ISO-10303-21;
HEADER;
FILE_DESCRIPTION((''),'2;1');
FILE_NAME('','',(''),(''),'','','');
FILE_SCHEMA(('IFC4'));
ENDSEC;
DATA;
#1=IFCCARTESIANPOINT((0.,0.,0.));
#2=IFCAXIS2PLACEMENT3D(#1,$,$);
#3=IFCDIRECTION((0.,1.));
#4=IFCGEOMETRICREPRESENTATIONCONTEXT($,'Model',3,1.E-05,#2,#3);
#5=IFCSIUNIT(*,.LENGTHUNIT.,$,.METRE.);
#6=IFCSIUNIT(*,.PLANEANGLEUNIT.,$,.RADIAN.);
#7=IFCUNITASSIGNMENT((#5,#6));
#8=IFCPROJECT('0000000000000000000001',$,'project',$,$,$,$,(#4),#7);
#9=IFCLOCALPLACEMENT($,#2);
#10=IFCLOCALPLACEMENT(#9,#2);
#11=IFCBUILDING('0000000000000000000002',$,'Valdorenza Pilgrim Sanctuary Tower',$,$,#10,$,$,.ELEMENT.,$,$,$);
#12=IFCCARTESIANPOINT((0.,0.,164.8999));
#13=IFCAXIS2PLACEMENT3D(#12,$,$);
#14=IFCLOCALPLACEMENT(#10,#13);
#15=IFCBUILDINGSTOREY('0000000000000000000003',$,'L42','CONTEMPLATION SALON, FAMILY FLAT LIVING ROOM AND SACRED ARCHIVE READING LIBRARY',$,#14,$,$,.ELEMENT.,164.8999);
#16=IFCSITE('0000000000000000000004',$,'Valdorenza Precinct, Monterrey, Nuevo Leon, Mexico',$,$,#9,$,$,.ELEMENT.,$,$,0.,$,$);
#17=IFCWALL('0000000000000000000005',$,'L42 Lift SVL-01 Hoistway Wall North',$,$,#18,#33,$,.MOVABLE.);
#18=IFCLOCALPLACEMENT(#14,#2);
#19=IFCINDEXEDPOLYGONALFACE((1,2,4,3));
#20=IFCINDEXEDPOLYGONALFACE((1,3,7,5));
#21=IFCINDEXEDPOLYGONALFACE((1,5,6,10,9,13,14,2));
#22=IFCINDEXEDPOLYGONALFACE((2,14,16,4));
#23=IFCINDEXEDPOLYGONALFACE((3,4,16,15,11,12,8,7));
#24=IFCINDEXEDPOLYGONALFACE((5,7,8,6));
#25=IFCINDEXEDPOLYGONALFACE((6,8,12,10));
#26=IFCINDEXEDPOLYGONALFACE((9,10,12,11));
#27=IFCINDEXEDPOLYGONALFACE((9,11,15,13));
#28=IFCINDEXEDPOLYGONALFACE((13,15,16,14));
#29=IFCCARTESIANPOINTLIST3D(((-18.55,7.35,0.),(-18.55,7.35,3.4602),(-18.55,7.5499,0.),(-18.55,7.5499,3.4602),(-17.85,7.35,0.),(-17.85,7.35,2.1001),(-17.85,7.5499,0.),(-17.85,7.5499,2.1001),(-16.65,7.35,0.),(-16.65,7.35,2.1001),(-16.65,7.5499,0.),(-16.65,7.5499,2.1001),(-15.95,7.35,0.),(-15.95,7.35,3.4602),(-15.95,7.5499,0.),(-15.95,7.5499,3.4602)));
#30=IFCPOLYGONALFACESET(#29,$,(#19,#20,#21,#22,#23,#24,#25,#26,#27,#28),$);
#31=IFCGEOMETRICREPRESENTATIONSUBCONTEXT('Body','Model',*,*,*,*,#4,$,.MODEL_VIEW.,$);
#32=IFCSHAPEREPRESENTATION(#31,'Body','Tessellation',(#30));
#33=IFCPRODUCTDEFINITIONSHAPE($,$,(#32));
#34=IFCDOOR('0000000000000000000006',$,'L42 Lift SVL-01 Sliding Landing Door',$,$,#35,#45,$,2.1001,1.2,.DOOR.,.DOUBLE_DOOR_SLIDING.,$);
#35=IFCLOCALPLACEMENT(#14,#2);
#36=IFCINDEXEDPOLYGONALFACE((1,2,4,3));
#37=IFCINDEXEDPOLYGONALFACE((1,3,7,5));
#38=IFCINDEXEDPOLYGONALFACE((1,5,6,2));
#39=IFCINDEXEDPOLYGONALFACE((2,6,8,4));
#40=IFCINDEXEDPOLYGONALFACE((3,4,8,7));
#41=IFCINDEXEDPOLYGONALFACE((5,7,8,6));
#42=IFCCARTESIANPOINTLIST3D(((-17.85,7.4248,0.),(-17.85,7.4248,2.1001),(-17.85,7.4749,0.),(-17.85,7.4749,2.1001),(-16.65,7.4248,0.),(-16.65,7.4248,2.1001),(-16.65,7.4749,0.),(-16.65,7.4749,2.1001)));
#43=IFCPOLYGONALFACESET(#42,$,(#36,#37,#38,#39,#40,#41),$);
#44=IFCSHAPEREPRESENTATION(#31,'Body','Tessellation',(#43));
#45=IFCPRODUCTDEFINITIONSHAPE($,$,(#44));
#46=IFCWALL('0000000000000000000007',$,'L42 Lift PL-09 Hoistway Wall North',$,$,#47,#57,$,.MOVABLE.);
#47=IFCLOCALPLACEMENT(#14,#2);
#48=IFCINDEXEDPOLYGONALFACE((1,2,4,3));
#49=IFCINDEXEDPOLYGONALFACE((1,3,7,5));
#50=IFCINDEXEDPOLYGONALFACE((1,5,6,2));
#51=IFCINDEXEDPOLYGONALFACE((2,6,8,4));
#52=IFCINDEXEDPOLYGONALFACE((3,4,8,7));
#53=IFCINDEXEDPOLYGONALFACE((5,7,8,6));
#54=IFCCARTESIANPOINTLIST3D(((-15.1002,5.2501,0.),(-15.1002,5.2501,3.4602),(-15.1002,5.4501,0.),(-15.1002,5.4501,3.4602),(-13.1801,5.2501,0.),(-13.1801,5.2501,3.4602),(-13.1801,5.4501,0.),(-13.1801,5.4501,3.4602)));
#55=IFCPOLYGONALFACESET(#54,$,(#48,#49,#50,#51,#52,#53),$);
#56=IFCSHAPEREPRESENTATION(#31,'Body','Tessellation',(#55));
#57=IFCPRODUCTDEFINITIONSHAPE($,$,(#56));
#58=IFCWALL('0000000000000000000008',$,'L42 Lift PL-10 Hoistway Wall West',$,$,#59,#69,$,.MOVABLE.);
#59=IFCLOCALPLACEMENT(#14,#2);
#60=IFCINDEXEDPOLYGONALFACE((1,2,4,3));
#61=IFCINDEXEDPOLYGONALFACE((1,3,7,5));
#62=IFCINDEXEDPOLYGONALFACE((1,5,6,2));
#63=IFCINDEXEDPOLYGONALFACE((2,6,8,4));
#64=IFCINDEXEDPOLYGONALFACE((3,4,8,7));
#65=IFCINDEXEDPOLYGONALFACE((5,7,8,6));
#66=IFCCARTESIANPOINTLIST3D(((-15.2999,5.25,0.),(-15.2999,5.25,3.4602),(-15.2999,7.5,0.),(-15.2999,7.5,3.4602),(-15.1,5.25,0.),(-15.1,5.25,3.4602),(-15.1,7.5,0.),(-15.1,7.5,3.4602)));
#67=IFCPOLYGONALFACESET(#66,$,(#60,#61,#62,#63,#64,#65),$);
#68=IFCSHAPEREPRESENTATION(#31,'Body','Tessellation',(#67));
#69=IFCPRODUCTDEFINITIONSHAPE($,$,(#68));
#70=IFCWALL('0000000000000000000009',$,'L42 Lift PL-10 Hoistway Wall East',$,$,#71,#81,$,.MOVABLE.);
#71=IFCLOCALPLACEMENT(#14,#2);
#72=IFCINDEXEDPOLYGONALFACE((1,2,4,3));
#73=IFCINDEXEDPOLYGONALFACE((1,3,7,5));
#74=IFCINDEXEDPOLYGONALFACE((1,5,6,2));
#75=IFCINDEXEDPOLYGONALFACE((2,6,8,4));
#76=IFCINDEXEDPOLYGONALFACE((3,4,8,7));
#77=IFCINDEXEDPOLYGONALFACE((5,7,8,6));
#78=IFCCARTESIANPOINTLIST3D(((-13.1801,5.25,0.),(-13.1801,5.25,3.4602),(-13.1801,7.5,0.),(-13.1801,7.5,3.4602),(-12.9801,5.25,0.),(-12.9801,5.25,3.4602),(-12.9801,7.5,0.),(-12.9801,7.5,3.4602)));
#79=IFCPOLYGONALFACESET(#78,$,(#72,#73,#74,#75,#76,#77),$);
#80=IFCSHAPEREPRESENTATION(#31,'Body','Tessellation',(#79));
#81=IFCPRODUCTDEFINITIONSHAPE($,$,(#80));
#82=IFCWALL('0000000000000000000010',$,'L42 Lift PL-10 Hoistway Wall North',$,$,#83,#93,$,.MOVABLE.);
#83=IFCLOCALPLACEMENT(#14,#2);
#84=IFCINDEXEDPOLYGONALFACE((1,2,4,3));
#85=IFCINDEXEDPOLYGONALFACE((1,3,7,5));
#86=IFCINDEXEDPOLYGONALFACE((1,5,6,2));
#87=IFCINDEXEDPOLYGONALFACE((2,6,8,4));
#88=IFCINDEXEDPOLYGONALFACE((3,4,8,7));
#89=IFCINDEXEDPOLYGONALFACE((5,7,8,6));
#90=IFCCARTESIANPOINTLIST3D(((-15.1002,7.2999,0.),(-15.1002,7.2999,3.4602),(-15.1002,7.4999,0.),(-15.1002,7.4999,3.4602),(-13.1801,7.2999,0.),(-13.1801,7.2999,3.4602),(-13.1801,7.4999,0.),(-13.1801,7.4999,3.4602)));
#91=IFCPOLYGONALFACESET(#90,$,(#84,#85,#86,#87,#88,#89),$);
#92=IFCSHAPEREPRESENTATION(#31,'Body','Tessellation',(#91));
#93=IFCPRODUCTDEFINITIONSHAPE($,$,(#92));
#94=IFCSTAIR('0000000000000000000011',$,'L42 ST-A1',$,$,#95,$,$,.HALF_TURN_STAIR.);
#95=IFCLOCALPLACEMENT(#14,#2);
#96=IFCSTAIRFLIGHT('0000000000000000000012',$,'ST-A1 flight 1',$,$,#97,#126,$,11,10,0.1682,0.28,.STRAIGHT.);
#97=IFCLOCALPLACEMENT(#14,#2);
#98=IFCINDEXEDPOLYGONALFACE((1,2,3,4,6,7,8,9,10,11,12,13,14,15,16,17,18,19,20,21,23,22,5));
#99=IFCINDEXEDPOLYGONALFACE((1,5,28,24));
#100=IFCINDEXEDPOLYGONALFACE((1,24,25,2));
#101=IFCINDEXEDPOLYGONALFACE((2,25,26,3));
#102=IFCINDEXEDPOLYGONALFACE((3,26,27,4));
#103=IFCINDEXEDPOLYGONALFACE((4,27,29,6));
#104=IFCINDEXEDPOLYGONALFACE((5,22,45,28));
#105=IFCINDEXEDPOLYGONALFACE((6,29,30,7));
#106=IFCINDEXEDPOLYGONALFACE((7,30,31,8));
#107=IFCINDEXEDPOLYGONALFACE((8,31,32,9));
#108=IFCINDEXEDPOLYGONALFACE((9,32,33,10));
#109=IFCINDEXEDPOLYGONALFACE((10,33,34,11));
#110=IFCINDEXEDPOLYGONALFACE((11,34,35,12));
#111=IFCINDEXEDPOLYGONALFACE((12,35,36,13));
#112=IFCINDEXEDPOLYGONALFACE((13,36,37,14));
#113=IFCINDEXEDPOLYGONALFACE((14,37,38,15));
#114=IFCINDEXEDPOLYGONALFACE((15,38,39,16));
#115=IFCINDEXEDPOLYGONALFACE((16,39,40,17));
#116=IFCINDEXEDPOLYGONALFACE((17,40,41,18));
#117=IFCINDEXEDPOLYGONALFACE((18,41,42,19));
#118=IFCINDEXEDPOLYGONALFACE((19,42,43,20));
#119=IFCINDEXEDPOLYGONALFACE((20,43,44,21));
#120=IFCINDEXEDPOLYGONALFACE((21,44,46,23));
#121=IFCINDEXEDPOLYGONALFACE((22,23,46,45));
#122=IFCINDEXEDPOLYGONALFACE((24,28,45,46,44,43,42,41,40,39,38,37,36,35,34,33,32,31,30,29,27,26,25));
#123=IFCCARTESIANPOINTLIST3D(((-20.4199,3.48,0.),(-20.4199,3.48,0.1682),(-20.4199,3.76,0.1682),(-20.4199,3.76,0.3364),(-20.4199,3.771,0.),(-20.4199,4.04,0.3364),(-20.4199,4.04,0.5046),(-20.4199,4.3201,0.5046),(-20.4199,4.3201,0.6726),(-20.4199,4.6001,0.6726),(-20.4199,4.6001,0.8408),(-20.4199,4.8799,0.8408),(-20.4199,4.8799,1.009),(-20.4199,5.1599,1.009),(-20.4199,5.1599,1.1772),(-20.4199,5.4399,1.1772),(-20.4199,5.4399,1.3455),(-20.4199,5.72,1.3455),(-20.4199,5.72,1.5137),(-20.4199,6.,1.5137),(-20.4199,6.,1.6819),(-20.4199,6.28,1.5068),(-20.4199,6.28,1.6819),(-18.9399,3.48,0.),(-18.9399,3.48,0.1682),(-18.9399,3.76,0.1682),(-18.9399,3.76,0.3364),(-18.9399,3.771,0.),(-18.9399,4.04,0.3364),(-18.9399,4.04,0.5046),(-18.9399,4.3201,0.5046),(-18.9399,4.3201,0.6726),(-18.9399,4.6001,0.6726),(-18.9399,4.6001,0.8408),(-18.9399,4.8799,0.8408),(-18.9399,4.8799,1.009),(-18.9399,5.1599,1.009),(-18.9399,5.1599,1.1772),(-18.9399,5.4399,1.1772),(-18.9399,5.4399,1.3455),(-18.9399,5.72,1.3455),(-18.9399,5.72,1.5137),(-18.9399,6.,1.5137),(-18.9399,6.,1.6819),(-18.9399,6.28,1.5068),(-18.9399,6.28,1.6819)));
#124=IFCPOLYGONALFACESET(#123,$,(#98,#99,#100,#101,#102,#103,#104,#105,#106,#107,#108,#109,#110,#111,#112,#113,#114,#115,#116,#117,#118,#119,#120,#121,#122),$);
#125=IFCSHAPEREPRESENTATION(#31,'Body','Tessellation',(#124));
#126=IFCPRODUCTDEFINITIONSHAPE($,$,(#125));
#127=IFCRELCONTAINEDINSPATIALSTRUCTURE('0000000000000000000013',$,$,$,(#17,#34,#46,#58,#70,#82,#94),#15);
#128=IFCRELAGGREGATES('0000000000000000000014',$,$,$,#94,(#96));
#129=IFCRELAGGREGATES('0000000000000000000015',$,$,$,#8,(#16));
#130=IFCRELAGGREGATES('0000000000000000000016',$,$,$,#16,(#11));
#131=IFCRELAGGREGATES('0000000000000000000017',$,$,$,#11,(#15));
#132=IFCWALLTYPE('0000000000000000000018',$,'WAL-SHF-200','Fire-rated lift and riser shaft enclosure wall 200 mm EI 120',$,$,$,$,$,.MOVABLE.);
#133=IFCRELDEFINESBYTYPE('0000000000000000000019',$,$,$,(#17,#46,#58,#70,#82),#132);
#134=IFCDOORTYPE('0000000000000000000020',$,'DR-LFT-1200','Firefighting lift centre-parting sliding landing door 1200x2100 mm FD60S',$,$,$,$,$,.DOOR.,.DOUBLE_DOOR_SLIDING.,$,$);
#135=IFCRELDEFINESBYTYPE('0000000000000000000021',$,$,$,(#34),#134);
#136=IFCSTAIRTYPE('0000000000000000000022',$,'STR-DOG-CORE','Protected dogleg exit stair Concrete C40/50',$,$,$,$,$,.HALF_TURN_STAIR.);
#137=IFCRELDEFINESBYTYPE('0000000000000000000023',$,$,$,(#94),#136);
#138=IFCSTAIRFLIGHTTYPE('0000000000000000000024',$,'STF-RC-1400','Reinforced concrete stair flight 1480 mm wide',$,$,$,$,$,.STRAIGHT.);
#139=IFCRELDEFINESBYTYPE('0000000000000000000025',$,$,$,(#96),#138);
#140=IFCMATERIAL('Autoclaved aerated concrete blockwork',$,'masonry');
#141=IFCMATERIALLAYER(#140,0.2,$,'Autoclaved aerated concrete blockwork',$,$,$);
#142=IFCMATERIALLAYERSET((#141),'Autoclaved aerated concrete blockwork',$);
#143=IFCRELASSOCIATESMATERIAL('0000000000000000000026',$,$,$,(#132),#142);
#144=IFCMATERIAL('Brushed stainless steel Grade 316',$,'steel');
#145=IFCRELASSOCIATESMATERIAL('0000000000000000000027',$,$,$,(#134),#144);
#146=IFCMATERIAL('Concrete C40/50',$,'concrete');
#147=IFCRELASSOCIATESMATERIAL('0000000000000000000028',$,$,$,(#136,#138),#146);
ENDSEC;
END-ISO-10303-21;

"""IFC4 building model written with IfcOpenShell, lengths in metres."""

from ifc_helpers import new_model, si_unit, direction, frame, frame_2d, origin, place, context, subcontext, project, spatial, polyline, rectangle, outline, extrude, material, layer, layer_set, type_object, element, fill, aggregate, save


model = new_model("IFC4")

# Units and contexts
model_context = context("Model", 3, precision=1e-05, world=origin(), true_north=direction((0.0, 1.0)))
body_context = subcontext(model_context, "Body", "Model", "MODEL_VIEW")
ifc_project = project(units=[si_unit("LENGTHUNIT", "METRE"), si_unit("PLANEANGLEUNIT", "RADIAN")], contexts=[model_context])

# Site, building, storey
site_placement = place(None, origin())
site = spatial("IfcSite", under=ifc_project, at=site_placement, Name="Valdorenza Precinct, Monterrey, Nuevo Leon, Mexico", CompositionType="ELEMENT", RefElevation=0.0)
building_placement = place(site_placement, origin())
building = spatial("IfcBuilding", under=site, at=building_placement, Name="Valdorenza Pilgrim Sanctuary Tower", CompositionType="ELEMENT")
storey_placement = place(building_placement, frame((0.0, 0.0, 164.8999)))
storey = spatial("IfcBuildingStorey", under=building, at=storey_placement, Name="L42", Description="CONTEMPLATION SALON, FAMILY FLAT LIVING ROOM AND SACRED ARCHIVE READING LIBRARY", CompositionType="ELEMENT", Elevation=164.8999)

# Shared definitions
ifc_material_1 = material(Name="Autoclaved aerated concrete blockwork", Category="masonry")
ifc_layer_1 = layer(ifc_material_1, 0.2, Name="Autoclaved aerated concrete blockwork")
ifc_layer_set_1 = layer_set([ifc_layer_1], Name="Autoclaved aerated concrete blockwork")
wall_type_1 = type_object("IfcWallType", Name="WAL-SHF-200", Description="Fire-rated lift and riser shaft enclosure wall 200 mm EI 120", PredefinedType="MOVABLE", material=ifc_layer_set_1)

# Wall, opening, door
wall_1_placement = place(storey_placement, frame((-18.55, 7.45, 0.0), z_axis=(0.0, 0.0, 1.0), x_axis=(1.0, 0.0, 0.0)))
wall_1 = element("IfcWall", 1, at=wall_1_placement, inside=storey, type_object=wall_type_1, Name="L42 Lift SVL-01 Hoistway Wall North", PredefinedType="MOVABLE", context=body_context, shape_type="SweptSolid", body=[
    extrude(rectangle(XDim=2.6001, YDim=0.2, at=frame_2d((1.3, 0.0))), origin(), (0.0, 0.0, 1.0), 3.4602),
])
opening_1_placement = place(wall_1_placement, frame((0.7, 0.0, 0.0)))
opening_1 = element("IfcOpeningElement", 2, at=opening_1_placement, cuts=wall_1, PredefinedType="OPENING", context=body_context, shape_type="SweptSolid", body=[
    extrude(rectangle(XDim=1.2, YDim=2.1001, at=frame_2d((0.6001, 1.05))), frame((0.0, 0.1147, 0.0), z_axis=(0.0, -1.0, 0.0), x_axis=(1.0, 0.0, 0.0)), (0.0, 0.0, 1.0), 0.2297),
])
ifc_material_2 = material(Name="Brushed stainless steel Grade 316", Category="steel")
door_type_1 = type_object("IfcDoorType", Name="DR-LFT-1200", Description="Firefighting lift centre-parting sliding landing door 1200x2100 mm FD60S", OperationType="DOUBLE_DOOR_SLIDING", PredefinedType="DOOR", material=ifc_material_2)
door_1_placement = place(opening_1_placement, origin())
door_1 = element("IfcDoor", 3, at=door_1_placement, inside=storey, type_object=door_type_1, Name="L42 Lift SVL-01 Sliding Landing Door", OperationType="DOUBLE_DOOR_SLIDING", OverallHeight=2.1001, OverallWidth=1.2, PredefinedType="DOOR", context=body_context, shape_type="SweptSolid", body=[
    extrude(rectangle(XDim=1.2, YDim=2.1001, at=frame_2d((0.6001, 1.05))), frame((0.0, 0.0249, 0.0), z_axis=(0.0, -1.0, 0.0), x_axis=(1.0, 0.0, 0.0)), (0.0, 0.0, 1.0), 0.05),
])
fill(opening_1, door_1)

# Walls
wall_2_placement = place(storey_placement, frame((-15.1001, 5.3501, 0.0), z_axis=(0.0, 0.0, 1.0), x_axis=(1.0, 0.0, 0.0)))
element("IfcWall", 4, at=wall_2_placement, inside=storey, type_object=wall_type_1, Name="L42 Lift PL-09 Hoistway Wall North", PredefinedType="MOVABLE", context=body_context, shape_type="SweptSolid", body=[
    extrude(rectangle(XDim=1.9202, YDim=0.2, at=frame_2d((0.96, 0.0))), origin(), (0.0, 0.0, 1.0), 3.4602),
])
for number, where, z_axis, x_axis, name in (
    (5, (-15.2, 5.25, 0.0), (0.0, 0.0, 1.0), (0.0, 1.0, 0.0), "L42 Lift PL-10 Hoistway Wall West"),
    (6, (-13.0801, 5.25, 0.0), (0.0, 0.0, 1.0), (0.0, 1.0, 0.0), "L42 Lift PL-10 Hoistway Wall East"),
):
    element("IfcWall", number, at=place(storey_placement, frame(where, z_axis=z_axis, x_axis=x_axis)), inside=storey, type_object=wall_type_1, Name=name, PredefinedType="MOVABLE", context=body_context, shape_type="SweptSolid", body=[
        extrude(rectangle(XDim=2.25, YDim=0.2, at=frame_2d((1.125, 0.0))), origin(), (0.0, 0.0, 1.0), 3.4602),
    ])
wall_3_placement = place(storey_placement, frame((-15.1001, 7.3999, 0.0), z_axis=(0.0, 0.0, 1.0), x_axis=(1.0, 0.0, 0.0)))
element("IfcWall", 7, at=wall_3_placement, inside=storey, type_object=wall_type_1, Name="L42 Lift PL-10 Hoistway Wall North", PredefinedType="MOVABLE", context=body_context, shape_type="SweptSolid", body=[
    extrude(rectangle(XDim=1.9202, YDim=0.2, at=frame_2d((0.96, 0.0))), origin(), (0.0, 0.0, 1.0), 3.4602),
])

# Stair, stair flight
ifc_material_3 = material(Name="Concrete C40/50", Category="concrete")
stair_type = type_object("IfcStairType", Name="STR-DOG-CORE", Description="Protected dogleg exit stair Concrete C40/50", PredefinedType="HALF_TURN_STAIR", material=ifc_material_3)
stair_placement = place(storey_placement, origin())
stair = element("IfcStair", 8, at=stair_placement, inside=storey, type_object=stair_type, Name="L42 ST-A1", PredefinedType="HALF_TURN_STAIR")
stair_flight_type = type_object("IfcStairFlightType", Name="STF-RC-1400", Description="Reinforced concrete stair flight 1480 mm wide", PredefinedType="STRAIGHT", material=ifc_material_3)
stair_flight_placement = place(storey_placement, frame((-19.6799, 3.48, 0.0), z_axis=(0.0, 0.0, 1.0), x_axis=(0.0, 1.0, 0.0)))
stair_flight = element("IfcStairFlight", 9, at=stair_flight_placement, type_object=stair_flight_type, Name="ST-A1 flight 1", NumberOfRisers=11, NumberOfTreads=10, PredefinedType="STRAIGHT", RiserHeight=0.1682, TreadLength=0.28, context=body_context, shape_type="SweptSolid", body=[
    extrude(outline(polyline([(0.0, 0.0), (0.0, 0.1682), (0.28, 0.1682), (0.28, 0.3364), (0.5601, 0.3364), (0.5601, 0.5046), (0.8401, 0.5046), (0.8401, 0.6726), (1.1201, 0.6726), (1.1201, 0.8408), (1.3999, 0.8408), (1.3999, 1.009), (1.6799, 1.009), (1.6799, 1.1772), (1.96, 1.1772), (1.96, 1.3455), (2.24, 1.3455), (2.24, 1.5137), (2.52, 1.5137), (2.52, 1.6819), (2.8, 1.6819), (2.8, 1.8501), (2.8, 1.5068), (0.291, 0.0), (0.0, 0.0)])), frame((0.0, 0.74, 0.0), z_axis=(0.0, -1.0, 0.0), x_axis=(1.0, 0.0, 0.0)), (0.0, 0.0, 1.0), 1.48),
])
aggregate(stair, [stair_flight])

save(model, "model.ifc")
